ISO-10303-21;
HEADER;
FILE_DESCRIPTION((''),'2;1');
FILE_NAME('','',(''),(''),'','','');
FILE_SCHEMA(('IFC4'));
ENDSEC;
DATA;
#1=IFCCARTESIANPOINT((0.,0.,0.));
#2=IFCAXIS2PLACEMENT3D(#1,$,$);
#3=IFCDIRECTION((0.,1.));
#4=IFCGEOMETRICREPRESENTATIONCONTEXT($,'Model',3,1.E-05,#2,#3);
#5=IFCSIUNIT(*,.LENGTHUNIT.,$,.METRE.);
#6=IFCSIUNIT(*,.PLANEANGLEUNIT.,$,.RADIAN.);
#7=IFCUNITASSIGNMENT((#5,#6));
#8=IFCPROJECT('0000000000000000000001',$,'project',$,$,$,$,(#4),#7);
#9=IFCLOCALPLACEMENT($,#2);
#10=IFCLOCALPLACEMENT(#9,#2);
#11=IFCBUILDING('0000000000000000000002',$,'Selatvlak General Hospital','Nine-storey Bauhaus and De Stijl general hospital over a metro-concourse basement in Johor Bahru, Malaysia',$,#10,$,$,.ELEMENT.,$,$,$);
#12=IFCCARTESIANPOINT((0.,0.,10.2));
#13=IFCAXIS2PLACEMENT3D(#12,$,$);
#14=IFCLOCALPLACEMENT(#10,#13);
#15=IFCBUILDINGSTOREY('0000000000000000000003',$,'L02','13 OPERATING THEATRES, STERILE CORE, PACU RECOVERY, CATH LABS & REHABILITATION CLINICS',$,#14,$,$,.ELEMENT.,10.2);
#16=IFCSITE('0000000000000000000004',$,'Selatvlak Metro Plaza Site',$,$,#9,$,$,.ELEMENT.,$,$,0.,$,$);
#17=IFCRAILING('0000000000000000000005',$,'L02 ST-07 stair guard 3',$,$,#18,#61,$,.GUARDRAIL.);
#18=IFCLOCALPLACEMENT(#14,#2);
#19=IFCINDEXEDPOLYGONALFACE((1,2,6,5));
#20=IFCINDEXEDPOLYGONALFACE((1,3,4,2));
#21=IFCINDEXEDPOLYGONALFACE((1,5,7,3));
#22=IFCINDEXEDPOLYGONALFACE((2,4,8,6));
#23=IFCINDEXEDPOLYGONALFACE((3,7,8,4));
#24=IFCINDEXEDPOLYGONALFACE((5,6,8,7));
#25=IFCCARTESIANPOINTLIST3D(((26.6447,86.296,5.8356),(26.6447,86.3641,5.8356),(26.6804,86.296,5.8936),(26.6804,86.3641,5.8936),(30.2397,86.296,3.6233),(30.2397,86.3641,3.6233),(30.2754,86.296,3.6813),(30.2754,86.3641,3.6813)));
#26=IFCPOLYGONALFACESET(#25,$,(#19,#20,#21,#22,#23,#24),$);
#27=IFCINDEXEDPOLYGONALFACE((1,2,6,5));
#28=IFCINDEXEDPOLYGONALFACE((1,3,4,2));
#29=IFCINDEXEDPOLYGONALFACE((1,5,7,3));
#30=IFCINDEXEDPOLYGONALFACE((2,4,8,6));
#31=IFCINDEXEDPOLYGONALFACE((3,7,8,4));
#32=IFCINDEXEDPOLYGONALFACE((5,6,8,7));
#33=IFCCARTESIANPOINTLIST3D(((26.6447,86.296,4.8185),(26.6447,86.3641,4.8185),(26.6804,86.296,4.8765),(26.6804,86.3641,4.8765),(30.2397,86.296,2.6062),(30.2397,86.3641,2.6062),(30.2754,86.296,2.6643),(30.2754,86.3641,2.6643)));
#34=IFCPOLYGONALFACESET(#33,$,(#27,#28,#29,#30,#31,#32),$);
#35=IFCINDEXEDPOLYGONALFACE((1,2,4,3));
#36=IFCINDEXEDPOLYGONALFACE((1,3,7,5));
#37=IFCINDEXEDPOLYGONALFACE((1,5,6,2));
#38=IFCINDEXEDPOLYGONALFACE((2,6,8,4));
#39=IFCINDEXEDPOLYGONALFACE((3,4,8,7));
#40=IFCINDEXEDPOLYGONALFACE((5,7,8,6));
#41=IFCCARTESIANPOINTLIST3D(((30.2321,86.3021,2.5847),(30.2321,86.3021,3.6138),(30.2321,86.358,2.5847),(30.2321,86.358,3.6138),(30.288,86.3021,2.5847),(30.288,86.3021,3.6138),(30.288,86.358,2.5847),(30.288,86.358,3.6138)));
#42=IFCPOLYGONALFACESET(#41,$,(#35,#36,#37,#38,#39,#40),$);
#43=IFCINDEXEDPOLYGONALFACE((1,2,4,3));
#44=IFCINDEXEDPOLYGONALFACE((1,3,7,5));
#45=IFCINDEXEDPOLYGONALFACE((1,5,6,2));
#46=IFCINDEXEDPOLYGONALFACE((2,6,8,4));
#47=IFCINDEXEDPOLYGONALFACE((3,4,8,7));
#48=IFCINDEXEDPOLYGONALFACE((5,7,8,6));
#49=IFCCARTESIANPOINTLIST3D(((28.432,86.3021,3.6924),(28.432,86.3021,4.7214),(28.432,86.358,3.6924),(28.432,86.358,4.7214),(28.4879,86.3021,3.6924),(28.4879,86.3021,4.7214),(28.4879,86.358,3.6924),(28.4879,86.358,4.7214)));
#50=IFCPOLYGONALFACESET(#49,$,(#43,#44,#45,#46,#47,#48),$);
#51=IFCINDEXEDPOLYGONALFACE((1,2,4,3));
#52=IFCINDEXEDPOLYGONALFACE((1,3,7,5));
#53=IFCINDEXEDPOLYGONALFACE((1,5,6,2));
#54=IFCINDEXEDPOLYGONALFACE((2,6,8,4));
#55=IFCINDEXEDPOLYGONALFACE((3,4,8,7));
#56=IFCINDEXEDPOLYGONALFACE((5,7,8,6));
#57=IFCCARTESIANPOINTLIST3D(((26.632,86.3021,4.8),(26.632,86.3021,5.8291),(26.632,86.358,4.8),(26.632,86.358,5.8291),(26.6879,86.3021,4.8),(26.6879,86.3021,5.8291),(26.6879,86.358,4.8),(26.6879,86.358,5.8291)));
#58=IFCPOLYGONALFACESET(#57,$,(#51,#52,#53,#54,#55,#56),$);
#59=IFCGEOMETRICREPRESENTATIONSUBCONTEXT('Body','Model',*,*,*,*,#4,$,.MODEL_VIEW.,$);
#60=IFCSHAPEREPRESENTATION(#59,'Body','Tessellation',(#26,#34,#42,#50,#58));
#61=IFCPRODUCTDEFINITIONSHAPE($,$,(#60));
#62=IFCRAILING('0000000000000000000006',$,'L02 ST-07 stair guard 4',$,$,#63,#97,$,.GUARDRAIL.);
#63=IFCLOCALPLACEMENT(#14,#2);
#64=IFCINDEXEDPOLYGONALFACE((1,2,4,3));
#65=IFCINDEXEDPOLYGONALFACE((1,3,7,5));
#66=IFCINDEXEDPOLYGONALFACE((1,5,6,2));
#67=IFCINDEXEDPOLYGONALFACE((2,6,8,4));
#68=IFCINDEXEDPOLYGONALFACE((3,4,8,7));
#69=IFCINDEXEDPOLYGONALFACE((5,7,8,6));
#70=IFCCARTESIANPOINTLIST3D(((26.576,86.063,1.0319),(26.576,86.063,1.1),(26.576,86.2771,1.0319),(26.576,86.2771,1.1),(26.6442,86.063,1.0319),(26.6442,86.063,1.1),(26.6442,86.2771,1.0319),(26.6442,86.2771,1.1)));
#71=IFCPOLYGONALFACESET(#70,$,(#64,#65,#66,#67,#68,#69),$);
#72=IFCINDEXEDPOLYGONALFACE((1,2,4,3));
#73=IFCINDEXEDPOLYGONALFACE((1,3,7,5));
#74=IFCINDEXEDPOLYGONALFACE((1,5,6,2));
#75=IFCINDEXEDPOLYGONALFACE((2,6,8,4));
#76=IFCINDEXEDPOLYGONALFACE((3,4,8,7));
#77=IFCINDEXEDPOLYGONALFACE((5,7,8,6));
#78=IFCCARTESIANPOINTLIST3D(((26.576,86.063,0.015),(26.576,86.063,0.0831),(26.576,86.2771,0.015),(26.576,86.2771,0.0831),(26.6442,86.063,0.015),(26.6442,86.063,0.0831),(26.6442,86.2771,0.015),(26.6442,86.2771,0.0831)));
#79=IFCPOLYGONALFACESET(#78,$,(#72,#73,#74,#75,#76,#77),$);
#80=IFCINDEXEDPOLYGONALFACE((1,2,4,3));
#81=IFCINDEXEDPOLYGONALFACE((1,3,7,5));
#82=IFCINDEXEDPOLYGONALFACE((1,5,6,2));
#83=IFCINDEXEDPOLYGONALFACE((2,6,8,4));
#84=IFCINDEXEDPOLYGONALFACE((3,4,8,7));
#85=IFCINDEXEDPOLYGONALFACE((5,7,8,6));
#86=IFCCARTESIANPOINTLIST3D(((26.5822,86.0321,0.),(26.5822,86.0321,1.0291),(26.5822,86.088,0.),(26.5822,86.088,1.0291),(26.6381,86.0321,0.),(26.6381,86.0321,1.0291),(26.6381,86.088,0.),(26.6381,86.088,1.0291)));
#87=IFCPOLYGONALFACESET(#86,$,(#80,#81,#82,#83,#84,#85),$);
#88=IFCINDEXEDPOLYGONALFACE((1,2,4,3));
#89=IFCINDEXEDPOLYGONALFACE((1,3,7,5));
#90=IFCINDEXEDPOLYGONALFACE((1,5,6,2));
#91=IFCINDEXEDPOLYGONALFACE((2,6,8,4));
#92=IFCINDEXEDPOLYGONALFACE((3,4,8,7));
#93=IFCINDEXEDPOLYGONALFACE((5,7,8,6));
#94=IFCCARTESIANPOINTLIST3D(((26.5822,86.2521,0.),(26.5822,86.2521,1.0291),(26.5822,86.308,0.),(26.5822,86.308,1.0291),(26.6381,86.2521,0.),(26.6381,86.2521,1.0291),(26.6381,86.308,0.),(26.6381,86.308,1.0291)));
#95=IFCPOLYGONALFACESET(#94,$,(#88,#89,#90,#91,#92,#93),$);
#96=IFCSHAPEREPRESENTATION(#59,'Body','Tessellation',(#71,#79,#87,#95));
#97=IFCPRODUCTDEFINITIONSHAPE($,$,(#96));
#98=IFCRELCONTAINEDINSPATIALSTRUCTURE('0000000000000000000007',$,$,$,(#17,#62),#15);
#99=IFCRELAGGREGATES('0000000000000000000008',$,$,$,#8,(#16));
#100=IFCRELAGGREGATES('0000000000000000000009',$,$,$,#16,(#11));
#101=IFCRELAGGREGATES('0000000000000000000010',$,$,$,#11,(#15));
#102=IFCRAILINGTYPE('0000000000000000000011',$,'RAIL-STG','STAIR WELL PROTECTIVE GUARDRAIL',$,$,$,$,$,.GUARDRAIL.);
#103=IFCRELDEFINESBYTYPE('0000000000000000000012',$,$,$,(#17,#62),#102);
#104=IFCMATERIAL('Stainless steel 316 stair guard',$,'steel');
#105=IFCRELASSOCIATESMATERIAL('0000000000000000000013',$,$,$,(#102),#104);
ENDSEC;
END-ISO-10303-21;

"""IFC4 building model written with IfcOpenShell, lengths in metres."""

from ifc_helpers import new_model, si_unit, direction, frame, origin, origin_2d, place, context, subcontext, project, spatial, rectangle, extrude, material, type_object, element, save


model = new_model("IFC4")

# Units and contexts
model_context = context("Model", 3, precision=1e-05, world=origin(), true_north=direction((0.0, 1.0)))
body_context = subcontext(model_context, "Body", "Model", "MODEL_VIEW")
ifc_project = project(units=[si_unit("LENGTHUNIT", "METRE"), si_unit("PLANEANGLEUNIT", "RADIAN")], contexts=[model_context])

# Site, building, storey
site_placement = place(None, origin())
site = spatial("IfcSite", under=ifc_project, at=site_placement, Name="Selatvlak Metro Plaza Site", CompositionType="ELEMENT", RefElevation=0.0)
building_placement = place(site_placement, origin())
building = spatial("IfcBuilding", under=site, at=building_placement, Name="Selatvlak General Hospital", Description="Nine-storey Bauhaus and De Stijl general hospital over a metro-concourse basement in Johor Bahru, Malaysia", CompositionType="ELEMENT")
storey_placement = place(building_placement, frame((0.0, 0.0, 10.2)))
storey = spatial("IfcBuildingStorey", under=building, at=storey_placement, Name="L02", Description="13 OPERATING THEATRES, STERILE CORE, PACU RECOVERY, CATH LABS & REHABILITATION CLINICS", CompositionType="ELEMENT", Elevation=10.2)

# Railings
ifc_material_1 = material(Name="Stainless steel 316 stair guard", Category="steel")
railing_type_1 = type_object("IfcRailingType", Name="RAIL-STG", Description="STAIR WELL PROTECTIVE GUARDRAIL", PredefinedType="GUARDRAIL", material=ifc_material_1)
railing_1_placement = place(storey_placement, frame((30.26, 86.3301, 2.5847)))
element("IfcRailing", 1, at=railing_1_placement, inside=storey, type_object=railing_type_1, Name="L02 ST-07 stair guard 3", PredefinedType="GUARDRAIL", context=body_context, shape_type="SweptSolid", body=[
    extrude(rectangle(XDim=0.0681, YDim=0.0681, at=origin_2d()), frame((-0.0024, 0.0, 1.0676), z_axis=(-0.85167, 0.0, 0.524078), x_axis=(0.0, -1.0, 0.0)), (0.0, 0.0, 1.0), 4.2212),
    extrude(rectangle(XDim=0.0681, YDim=0.0681, at=origin_2d()), frame((-0.0024, 0.0, 0.0505), z_axis=(-0.85167, 0.0, 0.524078), x_axis=(0.0, -1.0, 0.0)), (0.0, 0.0, 1.0), 4.2212),
    extrude(rectangle(XDim=0.0559, YDim=0.0559, at=origin_2d()), origin(), (0.0, 0.0, 1.0), 1.0291),
    extrude(rectangle(XDim=0.0559, YDim=0.0559, at=origin_2d()), frame((-1.8, 0.0, 1.1077)), (0.0, 0.0, 1.0), 1.0291),
    extrude(rectangle(XDim=0.0559, YDim=0.0559, at=origin_2d()), frame((-3.6001, 0.0, 2.2153)), (0.0, 0.0, 1.0), 1.0291),
])
railing_2_placement = place(storey_placement, frame((26.6101, 86.0601, 0.0)))
element("IfcRailing", 2, at=railing_2_placement, inside=storey, type_object=railing_type_1, Name="L02 ST-07 stair guard 4", PredefinedType="GUARDRAIL", context=body_context, shape_type="SweptSolid", body=[
    extrude(rectangle(XDim=0.0681, YDim=0.0681, at=origin_2d()), frame((0.0, 0.0029, 1.0659), z_axis=(0.0, 1.0, 0.0), x_axis=(-1.0, 0.0, 0.0)), (0.0, 0.0, 1.0), 0.2141),
    extrude(rectangle(XDim=0.0681, YDim=0.0681, at=origin_2d()), frame((0.0, 0.0029, 0.0491), z_axis=(0.0, 1.0, 0.0), x_axis=(-1.0, 0.0, 0.0)), (0.0, 0.0, 1.0), 0.2141),
    extrude(rectangle(XDim=0.0559, YDim=0.0559, at=origin_2d()), origin(), (0.0, 0.0, 1.0), 1.0291),
    extrude(rectangle(XDim=0.0559, YDim=0.0559, at=origin_2d()), frame((0.0, 0.22, 0.0)), (0.0, 0.0, 1.0), 1.0291),
])

save(model, "model.ifc")
